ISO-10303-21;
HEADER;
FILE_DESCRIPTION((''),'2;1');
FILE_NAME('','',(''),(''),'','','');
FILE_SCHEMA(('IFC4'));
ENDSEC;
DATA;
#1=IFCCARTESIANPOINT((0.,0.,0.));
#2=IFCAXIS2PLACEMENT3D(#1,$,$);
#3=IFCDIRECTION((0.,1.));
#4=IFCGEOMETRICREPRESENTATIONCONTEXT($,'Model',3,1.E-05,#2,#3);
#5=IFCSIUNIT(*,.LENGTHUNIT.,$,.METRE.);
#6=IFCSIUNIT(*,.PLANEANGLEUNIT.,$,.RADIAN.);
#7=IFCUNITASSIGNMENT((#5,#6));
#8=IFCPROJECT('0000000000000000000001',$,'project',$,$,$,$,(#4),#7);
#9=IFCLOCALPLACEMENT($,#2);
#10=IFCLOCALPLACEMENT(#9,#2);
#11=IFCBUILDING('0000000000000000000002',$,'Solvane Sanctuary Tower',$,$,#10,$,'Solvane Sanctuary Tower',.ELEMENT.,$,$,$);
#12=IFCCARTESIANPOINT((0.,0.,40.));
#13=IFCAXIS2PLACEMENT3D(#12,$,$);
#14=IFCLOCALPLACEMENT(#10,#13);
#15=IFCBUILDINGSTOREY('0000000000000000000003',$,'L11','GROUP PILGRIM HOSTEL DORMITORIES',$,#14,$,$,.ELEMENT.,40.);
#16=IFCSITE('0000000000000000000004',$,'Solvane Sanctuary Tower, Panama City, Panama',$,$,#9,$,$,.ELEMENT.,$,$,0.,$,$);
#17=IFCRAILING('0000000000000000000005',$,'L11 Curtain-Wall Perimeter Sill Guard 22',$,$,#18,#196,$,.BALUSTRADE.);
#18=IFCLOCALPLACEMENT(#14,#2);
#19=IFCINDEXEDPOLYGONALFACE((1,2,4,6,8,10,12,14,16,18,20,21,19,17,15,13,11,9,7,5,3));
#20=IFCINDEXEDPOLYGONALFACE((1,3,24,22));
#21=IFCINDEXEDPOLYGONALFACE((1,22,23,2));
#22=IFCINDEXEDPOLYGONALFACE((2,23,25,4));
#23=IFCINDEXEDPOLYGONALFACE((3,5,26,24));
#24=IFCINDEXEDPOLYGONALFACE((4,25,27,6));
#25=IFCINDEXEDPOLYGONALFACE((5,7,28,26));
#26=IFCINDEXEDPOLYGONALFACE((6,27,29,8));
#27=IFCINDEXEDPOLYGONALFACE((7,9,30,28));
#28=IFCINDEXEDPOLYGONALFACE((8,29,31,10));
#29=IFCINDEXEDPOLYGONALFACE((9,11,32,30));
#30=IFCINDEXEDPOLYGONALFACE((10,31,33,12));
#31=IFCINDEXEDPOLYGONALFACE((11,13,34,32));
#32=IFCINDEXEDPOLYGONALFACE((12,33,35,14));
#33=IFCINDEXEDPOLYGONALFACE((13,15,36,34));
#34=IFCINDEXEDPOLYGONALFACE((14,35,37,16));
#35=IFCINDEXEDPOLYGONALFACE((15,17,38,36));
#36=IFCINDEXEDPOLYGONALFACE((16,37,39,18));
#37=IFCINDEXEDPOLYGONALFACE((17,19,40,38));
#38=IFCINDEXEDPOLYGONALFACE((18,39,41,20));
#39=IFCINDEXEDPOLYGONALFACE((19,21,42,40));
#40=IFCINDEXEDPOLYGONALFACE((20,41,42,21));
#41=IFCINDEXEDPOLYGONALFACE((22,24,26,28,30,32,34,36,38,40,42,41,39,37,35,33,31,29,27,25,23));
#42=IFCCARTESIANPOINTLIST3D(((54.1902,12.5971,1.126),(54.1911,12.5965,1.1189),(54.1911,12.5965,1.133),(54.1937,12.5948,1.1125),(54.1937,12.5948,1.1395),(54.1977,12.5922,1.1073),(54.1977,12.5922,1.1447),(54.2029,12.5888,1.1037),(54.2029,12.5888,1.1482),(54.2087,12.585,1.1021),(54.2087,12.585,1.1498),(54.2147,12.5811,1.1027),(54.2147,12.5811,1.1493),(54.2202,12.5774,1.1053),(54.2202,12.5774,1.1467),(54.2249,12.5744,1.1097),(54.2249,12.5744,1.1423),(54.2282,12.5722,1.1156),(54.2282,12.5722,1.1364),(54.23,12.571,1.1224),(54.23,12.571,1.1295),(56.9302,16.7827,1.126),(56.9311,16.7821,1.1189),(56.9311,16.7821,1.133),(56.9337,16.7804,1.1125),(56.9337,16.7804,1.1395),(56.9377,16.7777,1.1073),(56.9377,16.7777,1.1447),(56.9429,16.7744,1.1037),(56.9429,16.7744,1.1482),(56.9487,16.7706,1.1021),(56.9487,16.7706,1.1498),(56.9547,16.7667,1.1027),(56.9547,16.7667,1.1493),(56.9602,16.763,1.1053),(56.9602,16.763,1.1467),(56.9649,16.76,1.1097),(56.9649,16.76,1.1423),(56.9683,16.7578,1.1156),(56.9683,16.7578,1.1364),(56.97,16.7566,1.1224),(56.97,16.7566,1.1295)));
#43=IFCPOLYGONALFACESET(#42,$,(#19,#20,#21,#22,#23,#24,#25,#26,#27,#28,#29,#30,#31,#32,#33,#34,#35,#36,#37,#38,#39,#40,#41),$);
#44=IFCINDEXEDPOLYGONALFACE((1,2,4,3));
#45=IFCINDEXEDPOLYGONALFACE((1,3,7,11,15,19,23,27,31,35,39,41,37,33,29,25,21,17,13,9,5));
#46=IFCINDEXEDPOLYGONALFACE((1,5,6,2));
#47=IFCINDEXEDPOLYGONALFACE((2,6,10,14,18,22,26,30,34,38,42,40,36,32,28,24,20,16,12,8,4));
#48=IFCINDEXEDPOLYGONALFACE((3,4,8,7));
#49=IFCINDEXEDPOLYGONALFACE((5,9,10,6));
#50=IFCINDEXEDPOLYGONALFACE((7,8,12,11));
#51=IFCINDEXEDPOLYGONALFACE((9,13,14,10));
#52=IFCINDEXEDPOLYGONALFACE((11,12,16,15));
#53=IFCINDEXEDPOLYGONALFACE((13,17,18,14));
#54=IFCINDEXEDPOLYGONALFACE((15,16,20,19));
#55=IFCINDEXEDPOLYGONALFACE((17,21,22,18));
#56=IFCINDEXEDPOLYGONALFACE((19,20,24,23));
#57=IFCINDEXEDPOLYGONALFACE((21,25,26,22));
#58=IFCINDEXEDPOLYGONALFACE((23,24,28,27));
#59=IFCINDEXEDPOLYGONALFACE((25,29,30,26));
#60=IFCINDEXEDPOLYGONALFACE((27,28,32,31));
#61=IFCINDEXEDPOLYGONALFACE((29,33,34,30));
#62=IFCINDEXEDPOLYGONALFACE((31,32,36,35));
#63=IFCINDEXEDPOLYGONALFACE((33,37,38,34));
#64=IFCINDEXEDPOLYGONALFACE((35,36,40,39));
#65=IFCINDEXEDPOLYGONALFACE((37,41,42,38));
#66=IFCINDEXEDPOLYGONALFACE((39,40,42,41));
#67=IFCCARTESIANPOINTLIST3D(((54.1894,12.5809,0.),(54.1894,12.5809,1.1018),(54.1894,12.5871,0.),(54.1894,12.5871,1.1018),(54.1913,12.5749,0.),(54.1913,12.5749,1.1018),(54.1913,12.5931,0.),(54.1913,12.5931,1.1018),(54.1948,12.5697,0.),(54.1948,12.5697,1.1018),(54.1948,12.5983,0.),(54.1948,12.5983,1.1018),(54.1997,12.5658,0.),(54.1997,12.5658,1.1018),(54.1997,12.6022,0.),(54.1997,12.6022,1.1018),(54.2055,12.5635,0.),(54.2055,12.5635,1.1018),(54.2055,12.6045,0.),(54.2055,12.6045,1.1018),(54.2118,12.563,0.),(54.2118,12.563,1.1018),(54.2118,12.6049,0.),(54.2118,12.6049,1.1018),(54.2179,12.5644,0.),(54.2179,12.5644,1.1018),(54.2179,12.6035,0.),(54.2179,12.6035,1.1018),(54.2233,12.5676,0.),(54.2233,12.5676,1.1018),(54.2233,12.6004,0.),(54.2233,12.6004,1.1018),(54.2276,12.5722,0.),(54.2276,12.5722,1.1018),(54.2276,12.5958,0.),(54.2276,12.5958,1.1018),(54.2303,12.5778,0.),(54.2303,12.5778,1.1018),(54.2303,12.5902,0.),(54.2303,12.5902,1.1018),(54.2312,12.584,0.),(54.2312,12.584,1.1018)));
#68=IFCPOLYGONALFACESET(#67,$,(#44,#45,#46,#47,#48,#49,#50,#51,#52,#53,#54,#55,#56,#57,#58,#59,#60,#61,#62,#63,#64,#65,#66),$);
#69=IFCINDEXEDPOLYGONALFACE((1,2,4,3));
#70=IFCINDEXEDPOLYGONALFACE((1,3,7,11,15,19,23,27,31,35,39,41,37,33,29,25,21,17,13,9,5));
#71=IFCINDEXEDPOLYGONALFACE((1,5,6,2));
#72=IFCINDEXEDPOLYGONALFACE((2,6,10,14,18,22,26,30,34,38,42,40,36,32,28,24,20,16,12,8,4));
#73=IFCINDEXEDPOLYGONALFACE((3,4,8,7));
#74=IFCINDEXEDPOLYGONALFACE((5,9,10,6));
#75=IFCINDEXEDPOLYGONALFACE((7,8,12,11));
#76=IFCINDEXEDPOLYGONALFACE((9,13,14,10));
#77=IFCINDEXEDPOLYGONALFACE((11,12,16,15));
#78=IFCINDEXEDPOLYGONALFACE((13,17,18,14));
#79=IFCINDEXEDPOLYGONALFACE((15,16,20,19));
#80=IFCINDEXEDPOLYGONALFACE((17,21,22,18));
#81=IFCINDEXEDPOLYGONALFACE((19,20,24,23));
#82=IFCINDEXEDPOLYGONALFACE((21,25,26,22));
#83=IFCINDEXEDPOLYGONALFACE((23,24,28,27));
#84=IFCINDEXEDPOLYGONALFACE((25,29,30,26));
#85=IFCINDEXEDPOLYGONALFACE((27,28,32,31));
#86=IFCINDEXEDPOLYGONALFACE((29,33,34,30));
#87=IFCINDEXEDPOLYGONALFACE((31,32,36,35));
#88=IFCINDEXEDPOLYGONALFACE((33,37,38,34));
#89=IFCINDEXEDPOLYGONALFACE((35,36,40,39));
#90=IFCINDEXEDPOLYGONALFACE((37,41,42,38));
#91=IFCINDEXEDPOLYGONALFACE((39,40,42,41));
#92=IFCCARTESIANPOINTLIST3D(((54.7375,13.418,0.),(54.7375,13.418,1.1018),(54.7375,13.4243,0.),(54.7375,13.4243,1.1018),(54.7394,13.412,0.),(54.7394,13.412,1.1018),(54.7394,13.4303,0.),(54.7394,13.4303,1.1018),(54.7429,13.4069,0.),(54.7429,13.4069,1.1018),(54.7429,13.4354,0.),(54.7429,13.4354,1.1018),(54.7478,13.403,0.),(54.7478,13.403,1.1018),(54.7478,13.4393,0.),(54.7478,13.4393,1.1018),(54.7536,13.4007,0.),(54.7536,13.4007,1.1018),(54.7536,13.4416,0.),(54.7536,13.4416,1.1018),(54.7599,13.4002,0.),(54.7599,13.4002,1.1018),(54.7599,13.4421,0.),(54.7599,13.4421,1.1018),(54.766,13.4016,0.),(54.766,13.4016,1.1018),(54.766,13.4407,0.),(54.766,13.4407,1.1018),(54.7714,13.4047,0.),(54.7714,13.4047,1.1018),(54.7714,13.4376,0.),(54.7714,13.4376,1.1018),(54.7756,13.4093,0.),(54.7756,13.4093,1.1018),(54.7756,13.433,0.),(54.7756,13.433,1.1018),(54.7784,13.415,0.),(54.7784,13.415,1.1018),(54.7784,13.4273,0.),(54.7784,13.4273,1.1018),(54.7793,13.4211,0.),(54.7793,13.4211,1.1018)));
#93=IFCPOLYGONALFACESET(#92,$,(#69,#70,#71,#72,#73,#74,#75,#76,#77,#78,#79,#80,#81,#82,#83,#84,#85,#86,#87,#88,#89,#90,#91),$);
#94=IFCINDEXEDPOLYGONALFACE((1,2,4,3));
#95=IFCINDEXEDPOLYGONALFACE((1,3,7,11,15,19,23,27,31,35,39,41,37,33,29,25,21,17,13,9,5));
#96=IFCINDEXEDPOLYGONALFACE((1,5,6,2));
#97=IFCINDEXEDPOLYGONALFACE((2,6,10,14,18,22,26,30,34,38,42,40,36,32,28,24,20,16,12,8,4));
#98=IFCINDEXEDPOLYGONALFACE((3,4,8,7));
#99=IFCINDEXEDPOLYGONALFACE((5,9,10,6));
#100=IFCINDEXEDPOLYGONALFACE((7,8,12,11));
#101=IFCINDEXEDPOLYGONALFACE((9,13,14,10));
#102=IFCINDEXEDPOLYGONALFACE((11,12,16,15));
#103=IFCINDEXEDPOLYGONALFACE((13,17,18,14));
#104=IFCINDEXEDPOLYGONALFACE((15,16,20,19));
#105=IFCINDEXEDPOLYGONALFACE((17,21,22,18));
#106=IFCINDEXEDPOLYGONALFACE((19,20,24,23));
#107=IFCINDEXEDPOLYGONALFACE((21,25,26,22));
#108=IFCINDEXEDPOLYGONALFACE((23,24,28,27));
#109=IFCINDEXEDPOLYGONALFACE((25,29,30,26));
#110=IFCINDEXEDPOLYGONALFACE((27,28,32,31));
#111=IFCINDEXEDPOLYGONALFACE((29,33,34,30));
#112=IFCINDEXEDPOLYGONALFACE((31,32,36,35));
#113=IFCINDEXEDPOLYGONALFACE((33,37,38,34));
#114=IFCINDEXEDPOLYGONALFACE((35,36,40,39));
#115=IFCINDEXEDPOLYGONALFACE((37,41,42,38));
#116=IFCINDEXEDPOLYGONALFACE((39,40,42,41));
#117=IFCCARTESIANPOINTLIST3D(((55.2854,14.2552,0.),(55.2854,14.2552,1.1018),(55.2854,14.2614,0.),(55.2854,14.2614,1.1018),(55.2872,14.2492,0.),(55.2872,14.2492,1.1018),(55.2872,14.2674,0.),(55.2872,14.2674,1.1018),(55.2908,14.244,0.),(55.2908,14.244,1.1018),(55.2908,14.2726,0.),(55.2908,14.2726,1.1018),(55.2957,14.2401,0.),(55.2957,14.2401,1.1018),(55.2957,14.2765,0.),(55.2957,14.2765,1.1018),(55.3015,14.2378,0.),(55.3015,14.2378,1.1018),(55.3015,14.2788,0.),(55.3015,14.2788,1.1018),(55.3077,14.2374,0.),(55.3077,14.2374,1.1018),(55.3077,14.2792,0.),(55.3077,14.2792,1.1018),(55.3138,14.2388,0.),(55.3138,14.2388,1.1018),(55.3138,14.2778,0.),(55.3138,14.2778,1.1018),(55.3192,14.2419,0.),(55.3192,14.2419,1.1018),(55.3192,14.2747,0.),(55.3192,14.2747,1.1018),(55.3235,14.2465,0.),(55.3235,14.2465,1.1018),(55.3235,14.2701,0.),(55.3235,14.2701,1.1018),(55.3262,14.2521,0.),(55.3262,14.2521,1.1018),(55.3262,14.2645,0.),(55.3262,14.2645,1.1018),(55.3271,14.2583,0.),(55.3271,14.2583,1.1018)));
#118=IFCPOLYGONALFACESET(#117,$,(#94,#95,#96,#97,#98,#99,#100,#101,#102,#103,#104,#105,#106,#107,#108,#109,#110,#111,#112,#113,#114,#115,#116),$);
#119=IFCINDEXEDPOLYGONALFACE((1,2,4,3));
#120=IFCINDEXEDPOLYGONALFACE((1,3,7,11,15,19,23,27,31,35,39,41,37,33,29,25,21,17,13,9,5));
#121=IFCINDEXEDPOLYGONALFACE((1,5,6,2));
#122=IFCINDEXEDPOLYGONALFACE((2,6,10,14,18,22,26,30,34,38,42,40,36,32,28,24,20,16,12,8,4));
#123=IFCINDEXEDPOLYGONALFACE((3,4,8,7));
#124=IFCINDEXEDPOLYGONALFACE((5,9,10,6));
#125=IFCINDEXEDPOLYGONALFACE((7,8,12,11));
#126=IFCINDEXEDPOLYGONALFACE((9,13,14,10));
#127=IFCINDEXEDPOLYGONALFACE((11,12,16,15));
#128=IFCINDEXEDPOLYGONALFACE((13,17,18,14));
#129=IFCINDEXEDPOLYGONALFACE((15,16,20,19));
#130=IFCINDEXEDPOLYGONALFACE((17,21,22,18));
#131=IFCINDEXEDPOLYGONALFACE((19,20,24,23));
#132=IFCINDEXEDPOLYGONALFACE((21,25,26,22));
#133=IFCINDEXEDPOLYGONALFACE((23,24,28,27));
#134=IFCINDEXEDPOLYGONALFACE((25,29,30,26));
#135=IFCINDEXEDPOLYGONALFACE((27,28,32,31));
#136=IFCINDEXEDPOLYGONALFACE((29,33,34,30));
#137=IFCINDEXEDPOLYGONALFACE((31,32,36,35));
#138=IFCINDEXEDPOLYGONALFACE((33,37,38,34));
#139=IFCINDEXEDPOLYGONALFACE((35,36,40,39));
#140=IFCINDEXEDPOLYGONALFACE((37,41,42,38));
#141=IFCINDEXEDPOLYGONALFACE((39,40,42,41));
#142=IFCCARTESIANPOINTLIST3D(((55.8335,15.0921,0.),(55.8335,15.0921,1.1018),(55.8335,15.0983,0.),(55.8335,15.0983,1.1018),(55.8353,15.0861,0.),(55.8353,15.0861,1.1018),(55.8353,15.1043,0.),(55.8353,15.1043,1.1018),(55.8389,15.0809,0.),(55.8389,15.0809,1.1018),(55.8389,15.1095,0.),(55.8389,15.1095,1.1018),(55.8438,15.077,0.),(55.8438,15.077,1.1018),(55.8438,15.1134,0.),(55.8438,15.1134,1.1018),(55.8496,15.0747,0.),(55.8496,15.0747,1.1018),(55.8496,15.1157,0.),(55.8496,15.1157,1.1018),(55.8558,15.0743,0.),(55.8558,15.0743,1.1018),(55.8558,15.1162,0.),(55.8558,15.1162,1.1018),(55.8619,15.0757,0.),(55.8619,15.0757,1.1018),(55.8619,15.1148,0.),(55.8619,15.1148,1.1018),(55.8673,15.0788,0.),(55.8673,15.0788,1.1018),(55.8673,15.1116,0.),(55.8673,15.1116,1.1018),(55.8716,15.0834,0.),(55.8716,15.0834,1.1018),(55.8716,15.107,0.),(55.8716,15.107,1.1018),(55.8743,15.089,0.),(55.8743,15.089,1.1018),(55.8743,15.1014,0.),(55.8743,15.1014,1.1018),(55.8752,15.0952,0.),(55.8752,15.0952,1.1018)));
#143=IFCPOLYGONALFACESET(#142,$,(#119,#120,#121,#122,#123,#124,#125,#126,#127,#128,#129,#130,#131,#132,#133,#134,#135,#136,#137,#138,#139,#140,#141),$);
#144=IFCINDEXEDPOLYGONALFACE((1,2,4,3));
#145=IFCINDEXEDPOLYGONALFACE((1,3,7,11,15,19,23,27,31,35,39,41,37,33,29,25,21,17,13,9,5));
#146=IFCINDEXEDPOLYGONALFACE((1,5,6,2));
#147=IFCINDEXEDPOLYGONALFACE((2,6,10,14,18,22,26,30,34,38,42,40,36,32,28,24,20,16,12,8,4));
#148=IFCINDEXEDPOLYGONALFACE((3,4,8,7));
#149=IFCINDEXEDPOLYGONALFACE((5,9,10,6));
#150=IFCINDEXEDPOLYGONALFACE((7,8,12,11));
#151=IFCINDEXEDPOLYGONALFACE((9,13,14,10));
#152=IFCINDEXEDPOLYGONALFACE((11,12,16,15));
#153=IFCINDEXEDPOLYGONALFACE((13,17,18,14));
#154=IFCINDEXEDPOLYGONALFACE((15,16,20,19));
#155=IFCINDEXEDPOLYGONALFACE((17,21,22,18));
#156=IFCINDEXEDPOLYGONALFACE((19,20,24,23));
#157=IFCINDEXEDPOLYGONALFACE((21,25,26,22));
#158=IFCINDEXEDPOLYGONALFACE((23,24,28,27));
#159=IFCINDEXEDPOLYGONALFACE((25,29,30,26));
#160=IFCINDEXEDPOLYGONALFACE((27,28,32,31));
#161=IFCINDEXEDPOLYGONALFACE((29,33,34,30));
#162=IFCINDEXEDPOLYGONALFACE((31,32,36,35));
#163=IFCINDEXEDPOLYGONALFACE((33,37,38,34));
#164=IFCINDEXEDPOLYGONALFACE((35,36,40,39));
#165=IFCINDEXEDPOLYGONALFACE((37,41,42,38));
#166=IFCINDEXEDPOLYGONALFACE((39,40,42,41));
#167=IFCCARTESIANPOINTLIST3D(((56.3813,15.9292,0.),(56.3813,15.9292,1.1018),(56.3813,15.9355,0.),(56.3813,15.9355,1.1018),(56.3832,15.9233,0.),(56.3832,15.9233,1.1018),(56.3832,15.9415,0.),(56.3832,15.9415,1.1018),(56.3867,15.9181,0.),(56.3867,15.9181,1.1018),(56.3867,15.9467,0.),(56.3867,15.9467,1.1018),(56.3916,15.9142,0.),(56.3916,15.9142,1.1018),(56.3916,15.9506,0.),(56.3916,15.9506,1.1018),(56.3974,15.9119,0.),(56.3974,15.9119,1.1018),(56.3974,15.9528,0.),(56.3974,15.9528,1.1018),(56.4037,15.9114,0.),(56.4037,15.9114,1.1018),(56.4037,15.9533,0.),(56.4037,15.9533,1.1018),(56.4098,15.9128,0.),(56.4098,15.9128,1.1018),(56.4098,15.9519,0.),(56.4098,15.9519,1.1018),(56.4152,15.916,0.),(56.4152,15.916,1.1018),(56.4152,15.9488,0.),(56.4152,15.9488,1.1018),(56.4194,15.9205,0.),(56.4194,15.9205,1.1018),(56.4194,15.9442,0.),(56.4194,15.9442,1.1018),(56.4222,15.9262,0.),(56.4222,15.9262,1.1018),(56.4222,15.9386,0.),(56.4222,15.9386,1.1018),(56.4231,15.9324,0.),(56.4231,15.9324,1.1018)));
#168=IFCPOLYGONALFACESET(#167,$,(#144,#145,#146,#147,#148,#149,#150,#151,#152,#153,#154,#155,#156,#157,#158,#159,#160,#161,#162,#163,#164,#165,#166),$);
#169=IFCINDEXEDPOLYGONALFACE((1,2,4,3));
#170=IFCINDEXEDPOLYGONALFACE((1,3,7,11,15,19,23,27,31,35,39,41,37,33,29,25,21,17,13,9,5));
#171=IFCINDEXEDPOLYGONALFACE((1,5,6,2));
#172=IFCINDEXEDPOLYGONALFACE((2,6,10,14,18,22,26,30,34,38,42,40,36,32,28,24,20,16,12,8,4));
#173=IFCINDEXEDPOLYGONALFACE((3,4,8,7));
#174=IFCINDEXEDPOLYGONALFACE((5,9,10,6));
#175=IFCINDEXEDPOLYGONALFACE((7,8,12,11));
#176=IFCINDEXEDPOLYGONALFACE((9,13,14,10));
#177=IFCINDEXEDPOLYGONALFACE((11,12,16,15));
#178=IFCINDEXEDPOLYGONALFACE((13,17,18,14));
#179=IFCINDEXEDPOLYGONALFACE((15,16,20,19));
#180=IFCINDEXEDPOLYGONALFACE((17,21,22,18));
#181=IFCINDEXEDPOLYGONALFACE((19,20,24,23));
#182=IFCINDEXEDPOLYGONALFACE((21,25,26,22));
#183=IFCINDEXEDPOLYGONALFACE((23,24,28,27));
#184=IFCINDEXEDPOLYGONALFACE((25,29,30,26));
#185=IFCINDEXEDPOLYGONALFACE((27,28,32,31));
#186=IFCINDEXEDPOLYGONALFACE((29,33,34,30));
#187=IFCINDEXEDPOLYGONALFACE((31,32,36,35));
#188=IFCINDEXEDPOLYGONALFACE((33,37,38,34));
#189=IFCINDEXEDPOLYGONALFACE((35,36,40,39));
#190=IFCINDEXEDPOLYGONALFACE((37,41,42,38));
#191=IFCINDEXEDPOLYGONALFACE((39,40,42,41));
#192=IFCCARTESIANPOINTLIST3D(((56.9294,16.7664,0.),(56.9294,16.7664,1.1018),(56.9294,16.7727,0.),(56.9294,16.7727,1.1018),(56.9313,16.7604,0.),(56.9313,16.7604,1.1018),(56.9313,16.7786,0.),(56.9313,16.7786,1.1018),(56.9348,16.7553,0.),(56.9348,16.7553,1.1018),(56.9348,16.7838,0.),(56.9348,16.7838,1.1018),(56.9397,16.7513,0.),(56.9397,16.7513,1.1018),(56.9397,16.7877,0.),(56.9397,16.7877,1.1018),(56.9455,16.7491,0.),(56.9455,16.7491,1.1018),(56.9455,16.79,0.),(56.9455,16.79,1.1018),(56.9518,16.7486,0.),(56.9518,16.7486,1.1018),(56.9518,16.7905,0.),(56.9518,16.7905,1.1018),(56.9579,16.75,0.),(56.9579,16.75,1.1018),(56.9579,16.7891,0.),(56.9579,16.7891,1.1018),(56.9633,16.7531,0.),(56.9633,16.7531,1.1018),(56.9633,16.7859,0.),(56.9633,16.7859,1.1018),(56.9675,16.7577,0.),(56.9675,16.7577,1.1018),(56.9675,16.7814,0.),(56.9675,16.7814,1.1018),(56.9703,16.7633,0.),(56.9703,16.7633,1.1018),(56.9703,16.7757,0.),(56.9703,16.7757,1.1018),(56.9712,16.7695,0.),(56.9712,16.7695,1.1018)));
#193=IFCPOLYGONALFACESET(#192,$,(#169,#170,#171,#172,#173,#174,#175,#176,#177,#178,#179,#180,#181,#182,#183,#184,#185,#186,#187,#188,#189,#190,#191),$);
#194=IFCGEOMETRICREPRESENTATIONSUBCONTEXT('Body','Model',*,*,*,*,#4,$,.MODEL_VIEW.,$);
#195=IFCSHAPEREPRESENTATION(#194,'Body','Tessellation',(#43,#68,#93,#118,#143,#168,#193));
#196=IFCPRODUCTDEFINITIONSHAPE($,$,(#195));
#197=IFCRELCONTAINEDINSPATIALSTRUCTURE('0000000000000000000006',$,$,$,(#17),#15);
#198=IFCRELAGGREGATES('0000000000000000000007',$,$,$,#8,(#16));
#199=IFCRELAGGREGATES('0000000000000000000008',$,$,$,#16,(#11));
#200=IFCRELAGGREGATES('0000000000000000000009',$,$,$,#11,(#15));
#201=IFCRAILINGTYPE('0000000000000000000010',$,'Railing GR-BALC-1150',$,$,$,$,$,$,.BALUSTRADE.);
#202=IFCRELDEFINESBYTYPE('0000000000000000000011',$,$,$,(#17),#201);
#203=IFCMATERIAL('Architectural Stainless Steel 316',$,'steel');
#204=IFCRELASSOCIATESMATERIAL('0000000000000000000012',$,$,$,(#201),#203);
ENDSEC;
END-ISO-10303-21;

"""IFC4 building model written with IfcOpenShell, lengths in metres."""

from ifc_helpers import new_model, si_unit, direction, frame, origin, origin_2d, place, context, subcontext, project, spatial, circle, extrude, material, type_object, element, save


model = new_model("IFC4")

# Units and contexts
model_context = context("Model", 3, precision=1e-05, world=origin(), true_north=direction((0.0, 1.0)))
body_context = subcontext(model_context, "Body", "Model", "MODEL_VIEW")
ifc_project = project(units=[si_unit("LENGTHUNIT", "METRE"), si_unit("PLANEANGLEUNIT", "RADIAN")], contexts=[model_context])

# Site, building, storey
site_placement = place(None, origin())
site = spatial("IfcSite", under=ifc_project, at=site_placement, Name="Solvane Sanctuary Tower, Panama City, Panama", CompositionType="ELEMENT", RefElevation=0.0)
building_placement = place(site_placement, origin())
building = spatial("IfcBuilding", under=site, at=building_placement, Name="Solvane Sanctuary Tower", LongName="Solvane Sanctuary Tower", CompositionType="ELEMENT")
storey_placement = place(building_placement, frame((0.0, 0.0, 40.0)))
storey = spatial("IfcBuildingStorey", under=building, at=storey_placement, Name="L11", Description="GROUP PILGRIM HOSTEL DORMITORIES", CompositionType="ELEMENT", Elevation=40.0)

# Railing
ifc_material_1 = material(Name="Architectural Stainless Steel 316", Category="steel")
railing_type = type_object("IfcRailingType", Name="Railing GR-BALC-1150", PredefinedType="BALUSTRADE", material=ifc_material_1)
railing_1_placement = place(storey_placement, frame((54.2102, 12.584, 0.0)))
element("IfcRailing", 1, at=railing_1_placement, inside=storey, type_object=railing_type, Name="L11 Curtain-Wall Perimeter Sill Guard 22", PredefinedType="BALUSTRADE", context=body_context, shape_type="SweptSolid", body=[
    extrude(circle(Radius=0.0239, at=origin_2d()), frame((0.0, 0.0, 1.126), z_axis=(0.547709, 0.836669, 0.0), x_axis=(-0.836669, 0.547709, 0.0)), (0.0, 0.0, 1.0), 5.0027),
    extrude(circle(Radius=0.021, at=origin_2d()), origin(), (0.0, 0.0, 1.0), 1.1018),
    extrude(circle(Radius=0.021, at=origin_2d()), frame((0.5481, 0.8372, 0.0)), (0.0, 0.0, 1.0), 1.1018),
    extrude(circle(Radius=0.021, at=origin_2d()), frame((1.0959, 1.6743, 0.0)), (0.0, 0.0, 1.0), 1.1018),
    extrude(circle(Radius=0.021, at=origin_2d()), frame((1.644, 2.5112, 0.0)), (0.0, 0.0, 1.0), 1.1018),
    extrude(circle(Radius=0.021, at=origin_2d()), frame((2.1919, 3.3484, 0.0)), (0.0, 0.0, 1.0), 1.1018),
    extrude(circle(Radius=0.021, at=origin_2d()), frame((2.74, 4.1855, 0.0)), (0.0, 0.0, 1.0), 1.1018),
])

save(model, "model.ifc")
